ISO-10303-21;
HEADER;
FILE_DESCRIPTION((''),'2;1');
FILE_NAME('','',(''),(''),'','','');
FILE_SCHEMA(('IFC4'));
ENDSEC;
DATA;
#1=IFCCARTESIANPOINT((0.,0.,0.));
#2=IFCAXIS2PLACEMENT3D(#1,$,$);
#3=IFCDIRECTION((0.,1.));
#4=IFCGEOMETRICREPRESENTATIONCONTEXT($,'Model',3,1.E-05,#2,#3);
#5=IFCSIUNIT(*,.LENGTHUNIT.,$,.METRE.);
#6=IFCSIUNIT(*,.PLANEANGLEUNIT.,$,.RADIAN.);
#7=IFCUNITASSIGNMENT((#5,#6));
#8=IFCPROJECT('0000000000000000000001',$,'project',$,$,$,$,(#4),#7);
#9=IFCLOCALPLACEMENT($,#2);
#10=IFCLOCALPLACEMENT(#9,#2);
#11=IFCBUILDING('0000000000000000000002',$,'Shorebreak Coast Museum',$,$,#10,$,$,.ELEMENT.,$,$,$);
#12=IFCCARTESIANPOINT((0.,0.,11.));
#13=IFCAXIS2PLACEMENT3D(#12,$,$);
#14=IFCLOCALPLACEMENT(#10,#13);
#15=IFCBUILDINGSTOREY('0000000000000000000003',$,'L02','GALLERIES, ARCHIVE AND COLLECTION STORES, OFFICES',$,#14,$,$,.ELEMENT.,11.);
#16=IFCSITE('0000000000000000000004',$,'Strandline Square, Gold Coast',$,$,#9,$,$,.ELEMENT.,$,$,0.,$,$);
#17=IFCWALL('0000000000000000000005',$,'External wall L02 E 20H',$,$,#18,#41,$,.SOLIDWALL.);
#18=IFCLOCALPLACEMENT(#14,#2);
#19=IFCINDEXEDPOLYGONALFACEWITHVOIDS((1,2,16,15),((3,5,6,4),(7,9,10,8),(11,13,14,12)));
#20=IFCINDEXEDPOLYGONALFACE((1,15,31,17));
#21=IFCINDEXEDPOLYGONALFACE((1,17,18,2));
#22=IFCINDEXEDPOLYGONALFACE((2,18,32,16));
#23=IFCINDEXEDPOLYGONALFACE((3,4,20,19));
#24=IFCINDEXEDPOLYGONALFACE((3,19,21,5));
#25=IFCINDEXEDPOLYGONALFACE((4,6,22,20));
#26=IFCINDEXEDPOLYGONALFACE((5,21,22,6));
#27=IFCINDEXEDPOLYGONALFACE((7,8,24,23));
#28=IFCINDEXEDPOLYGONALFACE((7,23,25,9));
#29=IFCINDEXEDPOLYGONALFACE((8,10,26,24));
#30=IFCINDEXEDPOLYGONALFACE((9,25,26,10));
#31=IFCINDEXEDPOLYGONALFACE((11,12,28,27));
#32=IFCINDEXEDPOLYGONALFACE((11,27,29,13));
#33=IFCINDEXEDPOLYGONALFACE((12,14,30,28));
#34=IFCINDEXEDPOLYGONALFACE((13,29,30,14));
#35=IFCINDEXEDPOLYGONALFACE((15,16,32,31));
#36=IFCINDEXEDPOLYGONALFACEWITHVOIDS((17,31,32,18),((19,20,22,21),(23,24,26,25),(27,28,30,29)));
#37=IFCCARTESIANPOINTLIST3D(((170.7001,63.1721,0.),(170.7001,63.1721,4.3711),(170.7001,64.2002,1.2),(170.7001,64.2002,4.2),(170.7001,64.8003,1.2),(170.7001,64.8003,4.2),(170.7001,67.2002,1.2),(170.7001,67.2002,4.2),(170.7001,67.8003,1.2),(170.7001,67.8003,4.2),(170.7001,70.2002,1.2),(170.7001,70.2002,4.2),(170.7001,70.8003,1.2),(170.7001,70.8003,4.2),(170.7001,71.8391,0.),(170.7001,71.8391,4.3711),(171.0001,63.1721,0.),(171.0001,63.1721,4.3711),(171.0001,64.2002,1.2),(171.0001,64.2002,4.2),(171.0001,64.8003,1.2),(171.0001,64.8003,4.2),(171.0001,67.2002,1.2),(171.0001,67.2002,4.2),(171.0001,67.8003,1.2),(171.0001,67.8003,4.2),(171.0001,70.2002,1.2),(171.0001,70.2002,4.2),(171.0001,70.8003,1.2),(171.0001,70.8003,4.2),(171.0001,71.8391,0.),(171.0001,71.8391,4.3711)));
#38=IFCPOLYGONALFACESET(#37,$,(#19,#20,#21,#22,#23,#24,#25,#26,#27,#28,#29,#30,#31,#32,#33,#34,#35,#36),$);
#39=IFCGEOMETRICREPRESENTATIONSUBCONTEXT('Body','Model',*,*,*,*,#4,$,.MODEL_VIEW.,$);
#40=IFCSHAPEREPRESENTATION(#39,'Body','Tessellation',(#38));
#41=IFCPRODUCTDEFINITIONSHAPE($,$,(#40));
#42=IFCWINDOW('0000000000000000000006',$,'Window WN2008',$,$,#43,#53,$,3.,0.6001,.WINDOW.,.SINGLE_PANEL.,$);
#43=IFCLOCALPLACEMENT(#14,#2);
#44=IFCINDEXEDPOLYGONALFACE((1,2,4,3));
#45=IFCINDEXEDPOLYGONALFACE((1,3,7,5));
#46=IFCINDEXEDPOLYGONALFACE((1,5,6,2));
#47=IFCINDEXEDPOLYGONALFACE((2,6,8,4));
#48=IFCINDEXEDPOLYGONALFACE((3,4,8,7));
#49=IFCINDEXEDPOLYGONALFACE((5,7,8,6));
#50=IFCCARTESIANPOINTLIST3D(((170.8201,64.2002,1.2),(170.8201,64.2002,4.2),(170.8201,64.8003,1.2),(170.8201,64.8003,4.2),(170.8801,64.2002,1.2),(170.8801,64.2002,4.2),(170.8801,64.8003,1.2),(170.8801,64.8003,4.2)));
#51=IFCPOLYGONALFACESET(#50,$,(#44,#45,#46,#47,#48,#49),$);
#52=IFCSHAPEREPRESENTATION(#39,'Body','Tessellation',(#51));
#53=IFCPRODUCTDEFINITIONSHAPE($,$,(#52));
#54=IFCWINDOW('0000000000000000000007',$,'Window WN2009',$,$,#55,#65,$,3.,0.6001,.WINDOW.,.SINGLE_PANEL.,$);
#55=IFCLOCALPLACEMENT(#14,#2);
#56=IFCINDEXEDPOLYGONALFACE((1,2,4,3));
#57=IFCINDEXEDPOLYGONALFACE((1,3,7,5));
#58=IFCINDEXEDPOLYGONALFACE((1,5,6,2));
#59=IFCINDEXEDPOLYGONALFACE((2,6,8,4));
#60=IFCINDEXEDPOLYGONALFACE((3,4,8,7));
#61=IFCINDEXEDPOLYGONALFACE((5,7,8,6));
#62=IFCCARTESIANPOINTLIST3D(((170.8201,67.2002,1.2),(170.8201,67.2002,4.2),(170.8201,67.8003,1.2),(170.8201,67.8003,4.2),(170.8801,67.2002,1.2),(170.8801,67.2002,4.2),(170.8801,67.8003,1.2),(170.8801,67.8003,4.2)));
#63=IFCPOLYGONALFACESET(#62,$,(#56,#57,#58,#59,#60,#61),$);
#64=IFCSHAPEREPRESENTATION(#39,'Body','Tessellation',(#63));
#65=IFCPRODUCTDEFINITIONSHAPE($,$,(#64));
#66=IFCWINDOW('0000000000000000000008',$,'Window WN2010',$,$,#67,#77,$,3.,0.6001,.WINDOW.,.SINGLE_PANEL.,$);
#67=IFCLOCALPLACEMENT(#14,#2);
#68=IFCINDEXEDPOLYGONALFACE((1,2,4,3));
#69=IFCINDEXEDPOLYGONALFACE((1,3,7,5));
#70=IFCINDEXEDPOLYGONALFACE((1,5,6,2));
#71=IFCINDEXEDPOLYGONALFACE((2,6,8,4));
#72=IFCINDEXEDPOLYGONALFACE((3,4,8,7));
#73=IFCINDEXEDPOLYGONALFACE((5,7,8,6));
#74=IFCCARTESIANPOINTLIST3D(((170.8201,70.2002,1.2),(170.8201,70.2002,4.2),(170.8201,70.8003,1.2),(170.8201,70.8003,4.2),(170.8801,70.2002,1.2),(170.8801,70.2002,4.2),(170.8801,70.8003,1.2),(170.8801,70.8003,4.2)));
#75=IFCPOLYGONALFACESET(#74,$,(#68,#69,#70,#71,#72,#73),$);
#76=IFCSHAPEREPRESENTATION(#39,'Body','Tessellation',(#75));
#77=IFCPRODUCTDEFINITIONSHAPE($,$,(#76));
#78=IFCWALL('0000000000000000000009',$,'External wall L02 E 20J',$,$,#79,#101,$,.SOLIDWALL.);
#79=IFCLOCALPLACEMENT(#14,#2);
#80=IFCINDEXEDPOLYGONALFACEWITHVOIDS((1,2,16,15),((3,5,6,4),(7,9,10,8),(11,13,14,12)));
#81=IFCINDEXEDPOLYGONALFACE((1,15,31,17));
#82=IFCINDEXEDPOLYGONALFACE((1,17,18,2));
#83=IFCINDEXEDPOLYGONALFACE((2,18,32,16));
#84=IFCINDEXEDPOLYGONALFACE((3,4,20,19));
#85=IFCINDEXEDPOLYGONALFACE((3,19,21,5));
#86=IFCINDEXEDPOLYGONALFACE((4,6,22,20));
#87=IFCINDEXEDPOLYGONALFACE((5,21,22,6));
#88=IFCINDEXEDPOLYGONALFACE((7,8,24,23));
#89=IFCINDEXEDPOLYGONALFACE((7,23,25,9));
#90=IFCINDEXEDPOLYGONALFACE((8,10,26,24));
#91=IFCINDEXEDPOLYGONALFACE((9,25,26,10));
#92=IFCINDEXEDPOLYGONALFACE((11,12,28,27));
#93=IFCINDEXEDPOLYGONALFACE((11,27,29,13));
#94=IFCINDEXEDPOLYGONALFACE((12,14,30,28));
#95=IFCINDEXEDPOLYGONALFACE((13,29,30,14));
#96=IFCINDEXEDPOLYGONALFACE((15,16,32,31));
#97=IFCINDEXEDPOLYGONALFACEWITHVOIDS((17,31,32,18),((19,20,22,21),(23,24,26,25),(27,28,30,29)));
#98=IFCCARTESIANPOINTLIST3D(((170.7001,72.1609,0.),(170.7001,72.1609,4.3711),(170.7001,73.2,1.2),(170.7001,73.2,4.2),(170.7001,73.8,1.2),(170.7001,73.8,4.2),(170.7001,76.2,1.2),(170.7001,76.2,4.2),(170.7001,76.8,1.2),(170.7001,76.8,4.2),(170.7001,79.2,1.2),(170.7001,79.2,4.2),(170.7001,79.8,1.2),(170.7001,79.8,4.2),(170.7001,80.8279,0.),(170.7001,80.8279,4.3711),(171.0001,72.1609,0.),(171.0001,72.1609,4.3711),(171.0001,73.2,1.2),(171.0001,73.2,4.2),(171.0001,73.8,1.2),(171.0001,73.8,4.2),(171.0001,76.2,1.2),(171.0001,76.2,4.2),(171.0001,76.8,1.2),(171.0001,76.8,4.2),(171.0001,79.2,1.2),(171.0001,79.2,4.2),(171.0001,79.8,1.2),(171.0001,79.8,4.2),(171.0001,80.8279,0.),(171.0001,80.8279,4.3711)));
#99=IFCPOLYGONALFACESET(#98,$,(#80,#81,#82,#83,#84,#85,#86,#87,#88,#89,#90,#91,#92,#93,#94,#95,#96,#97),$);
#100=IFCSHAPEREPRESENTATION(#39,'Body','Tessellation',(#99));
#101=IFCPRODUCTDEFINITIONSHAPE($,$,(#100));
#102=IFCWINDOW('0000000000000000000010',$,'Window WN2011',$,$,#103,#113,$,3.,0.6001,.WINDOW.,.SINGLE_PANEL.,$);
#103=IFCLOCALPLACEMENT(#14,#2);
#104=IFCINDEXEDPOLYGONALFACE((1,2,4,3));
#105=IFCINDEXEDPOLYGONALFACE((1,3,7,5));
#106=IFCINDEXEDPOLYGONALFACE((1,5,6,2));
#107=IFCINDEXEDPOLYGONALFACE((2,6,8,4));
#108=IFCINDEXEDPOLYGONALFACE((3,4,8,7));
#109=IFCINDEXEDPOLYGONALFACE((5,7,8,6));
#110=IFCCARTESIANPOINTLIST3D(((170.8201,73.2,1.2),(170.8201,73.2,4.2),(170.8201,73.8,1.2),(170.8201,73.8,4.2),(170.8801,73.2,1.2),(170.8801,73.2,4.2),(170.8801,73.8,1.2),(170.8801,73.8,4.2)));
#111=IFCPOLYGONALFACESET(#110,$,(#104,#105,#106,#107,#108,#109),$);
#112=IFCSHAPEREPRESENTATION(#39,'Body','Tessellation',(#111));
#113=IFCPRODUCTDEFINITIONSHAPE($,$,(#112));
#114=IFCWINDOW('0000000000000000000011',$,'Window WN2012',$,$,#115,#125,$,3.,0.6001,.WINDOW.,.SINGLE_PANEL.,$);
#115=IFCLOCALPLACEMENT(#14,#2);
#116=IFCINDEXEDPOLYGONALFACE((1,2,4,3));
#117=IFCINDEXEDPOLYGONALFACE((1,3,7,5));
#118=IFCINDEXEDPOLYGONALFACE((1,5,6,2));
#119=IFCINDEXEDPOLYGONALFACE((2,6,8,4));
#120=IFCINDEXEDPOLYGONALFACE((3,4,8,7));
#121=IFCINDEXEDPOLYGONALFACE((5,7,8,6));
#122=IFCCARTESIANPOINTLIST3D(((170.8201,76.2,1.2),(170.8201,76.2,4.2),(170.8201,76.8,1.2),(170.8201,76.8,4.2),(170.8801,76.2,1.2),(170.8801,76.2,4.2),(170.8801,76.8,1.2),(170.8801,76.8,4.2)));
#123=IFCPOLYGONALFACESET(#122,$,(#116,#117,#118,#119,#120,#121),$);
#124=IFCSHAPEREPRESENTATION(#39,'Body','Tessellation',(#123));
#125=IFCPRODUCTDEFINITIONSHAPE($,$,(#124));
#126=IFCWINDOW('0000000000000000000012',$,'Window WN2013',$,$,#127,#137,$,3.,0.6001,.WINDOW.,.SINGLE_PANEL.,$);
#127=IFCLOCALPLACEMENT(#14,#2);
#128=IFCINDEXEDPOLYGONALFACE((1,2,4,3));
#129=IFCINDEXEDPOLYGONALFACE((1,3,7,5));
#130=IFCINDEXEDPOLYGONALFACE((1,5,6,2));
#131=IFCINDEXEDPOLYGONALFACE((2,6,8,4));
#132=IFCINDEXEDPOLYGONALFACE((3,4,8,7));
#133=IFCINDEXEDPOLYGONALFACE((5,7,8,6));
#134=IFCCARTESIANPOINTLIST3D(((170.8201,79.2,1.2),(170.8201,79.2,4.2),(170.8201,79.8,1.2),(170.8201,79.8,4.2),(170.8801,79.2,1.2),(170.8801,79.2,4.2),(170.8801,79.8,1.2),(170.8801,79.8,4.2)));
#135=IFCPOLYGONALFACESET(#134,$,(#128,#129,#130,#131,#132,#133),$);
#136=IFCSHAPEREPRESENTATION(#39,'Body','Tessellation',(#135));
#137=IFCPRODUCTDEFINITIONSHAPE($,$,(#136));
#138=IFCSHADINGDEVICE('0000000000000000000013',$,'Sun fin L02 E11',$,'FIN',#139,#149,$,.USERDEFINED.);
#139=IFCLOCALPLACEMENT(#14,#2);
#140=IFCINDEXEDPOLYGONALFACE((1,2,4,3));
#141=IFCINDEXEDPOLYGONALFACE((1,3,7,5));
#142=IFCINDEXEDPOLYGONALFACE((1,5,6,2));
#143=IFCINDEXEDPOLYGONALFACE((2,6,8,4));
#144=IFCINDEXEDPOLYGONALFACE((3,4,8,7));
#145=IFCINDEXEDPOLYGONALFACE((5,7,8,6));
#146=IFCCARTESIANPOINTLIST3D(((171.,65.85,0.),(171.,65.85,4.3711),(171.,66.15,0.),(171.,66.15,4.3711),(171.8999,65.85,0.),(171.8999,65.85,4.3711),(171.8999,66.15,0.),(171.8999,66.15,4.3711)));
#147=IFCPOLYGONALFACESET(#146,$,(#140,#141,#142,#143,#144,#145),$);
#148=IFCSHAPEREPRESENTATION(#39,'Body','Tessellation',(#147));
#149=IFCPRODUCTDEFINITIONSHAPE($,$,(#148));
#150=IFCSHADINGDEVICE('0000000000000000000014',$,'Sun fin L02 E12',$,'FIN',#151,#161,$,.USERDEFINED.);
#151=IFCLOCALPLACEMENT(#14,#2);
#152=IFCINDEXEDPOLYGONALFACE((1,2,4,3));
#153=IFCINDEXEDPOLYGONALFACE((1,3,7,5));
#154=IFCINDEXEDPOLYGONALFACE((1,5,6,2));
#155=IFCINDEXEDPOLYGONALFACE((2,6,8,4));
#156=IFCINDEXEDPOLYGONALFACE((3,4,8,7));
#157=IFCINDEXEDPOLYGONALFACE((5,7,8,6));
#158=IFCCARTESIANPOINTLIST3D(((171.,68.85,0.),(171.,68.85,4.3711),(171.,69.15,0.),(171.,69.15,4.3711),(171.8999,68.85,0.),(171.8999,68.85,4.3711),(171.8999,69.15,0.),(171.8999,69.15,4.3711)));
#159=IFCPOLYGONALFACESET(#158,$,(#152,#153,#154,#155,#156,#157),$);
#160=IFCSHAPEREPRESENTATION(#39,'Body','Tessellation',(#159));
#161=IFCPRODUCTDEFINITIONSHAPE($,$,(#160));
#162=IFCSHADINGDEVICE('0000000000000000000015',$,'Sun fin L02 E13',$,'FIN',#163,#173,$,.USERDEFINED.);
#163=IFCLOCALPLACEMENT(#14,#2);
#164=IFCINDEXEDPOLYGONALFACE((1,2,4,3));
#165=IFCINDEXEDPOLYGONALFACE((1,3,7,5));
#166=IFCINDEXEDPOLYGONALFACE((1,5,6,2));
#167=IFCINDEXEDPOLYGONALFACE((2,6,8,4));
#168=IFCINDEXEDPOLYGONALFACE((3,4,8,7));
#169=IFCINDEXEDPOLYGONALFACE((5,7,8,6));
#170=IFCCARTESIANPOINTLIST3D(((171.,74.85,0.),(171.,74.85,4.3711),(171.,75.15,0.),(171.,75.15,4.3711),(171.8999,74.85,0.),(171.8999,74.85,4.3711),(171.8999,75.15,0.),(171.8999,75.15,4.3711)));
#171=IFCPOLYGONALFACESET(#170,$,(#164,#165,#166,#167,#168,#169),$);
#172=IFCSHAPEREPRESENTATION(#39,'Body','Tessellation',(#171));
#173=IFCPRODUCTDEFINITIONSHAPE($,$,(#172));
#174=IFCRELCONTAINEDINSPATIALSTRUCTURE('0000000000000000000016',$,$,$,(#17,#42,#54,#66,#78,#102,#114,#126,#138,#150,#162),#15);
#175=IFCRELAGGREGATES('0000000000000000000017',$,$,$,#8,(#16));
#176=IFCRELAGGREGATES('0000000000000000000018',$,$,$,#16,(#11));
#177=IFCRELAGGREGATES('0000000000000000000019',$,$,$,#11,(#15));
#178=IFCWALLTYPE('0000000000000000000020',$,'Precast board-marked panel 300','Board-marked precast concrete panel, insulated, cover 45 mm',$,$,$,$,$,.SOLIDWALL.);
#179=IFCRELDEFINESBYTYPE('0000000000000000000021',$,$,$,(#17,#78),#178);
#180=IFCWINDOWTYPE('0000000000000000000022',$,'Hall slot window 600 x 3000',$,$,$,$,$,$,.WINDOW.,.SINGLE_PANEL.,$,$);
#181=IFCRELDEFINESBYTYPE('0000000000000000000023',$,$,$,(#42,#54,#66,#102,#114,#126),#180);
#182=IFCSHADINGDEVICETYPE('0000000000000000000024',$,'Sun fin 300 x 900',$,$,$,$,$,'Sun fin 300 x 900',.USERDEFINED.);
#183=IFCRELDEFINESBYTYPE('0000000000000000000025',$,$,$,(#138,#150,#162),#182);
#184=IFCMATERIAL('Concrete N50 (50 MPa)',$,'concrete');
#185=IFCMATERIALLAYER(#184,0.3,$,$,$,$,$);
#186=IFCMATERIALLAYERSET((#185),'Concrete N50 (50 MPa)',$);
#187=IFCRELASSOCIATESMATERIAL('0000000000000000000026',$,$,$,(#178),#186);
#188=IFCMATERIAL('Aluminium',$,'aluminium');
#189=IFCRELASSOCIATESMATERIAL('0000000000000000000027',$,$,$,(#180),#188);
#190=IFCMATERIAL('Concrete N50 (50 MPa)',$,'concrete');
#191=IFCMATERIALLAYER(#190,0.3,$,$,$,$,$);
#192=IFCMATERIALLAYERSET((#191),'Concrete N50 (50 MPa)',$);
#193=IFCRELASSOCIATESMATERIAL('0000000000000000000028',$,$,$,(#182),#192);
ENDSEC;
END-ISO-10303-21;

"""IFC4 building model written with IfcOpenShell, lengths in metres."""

from ifc_helpers import new_model, si_unit, direction, frame, frame_2d, origin, origin_2d, place, context, subcontext, project, spatial, rectangle, extrude, material, layer, layer_set, type_object, element, fill, save


model = new_model("IFC4")

# Units and contexts
model_context = context("Model", 3, precision=1e-05, world=origin(), true_north=direction((0.0, 1.0)))
body_context = subcontext(model_context, "Body", "Model", "MODEL_VIEW")
ifc_project = project(units=[si_unit("LENGTHUNIT", "METRE"), si_unit("PLANEANGLEUNIT", "RADIAN")], contexts=[model_context])

# Site, building, storey
site_placement = place(None, origin())
site = spatial("IfcSite", under=ifc_project, at=site_placement, Name="Strandline Square, Gold Coast", CompositionType="ELEMENT", RefElevation=0.0)
building_placement = place(site_placement, origin())
building = spatial("IfcBuilding", under=site, at=building_placement, Name="Shorebreak Coast Museum", CompositionType="ELEMENT")
storey_placement = place(building_placement, frame((0.0, 0.0, 11.0)))
storey = spatial("IfcBuildingStorey", under=building, at=storey_placement, Name="L02", Description="GALLERIES, ARCHIVE AND COLLECTION STORES, OFFICES", CompositionType="ELEMENT", Elevation=11.0)

# Walls, openings, windows
ifc_material_1 = material(Name="Concrete N50 (50 MPa)", Category="concrete")
ifc_layer_1 = layer(ifc_material_1, 0.3)
ifc_layer_set_1 = layer_set([ifc_layer_1], Name="Concrete N50 (50 MPa)")
wall_type_1 = type_object("IfcWallType", Name="Precast board-marked panel 300", Description="Board-marked precast concrete panel, insulated, cover 45 mm", PredefinedType="SOLIDWALL", material=ifc_layer_set_1)
wall_1_placement = place(storey_placement, frame((170.8501, 63.1721, 0.0), z_axis=(0.0, 0.0, 1.0), x_axis=(0.0, 1.0, 0.0)))
wall_1 = element("IfcWall", 1, at=wall_1_placement, inside=storey, type_object=wall_type_1, Name="External wall L02 E 20H", PredefinedType="SOLIDWALL", context=body_context, shape_type="SweptSolid", body=[
    extrude(rectangle(XDim=8.667, YDim=0.3, at=frame_2d((4.3335, 0.0))), origin(), (0.0, 0.0, 1.0), 4.3711),
])
opening_1_placement = place(wall_1_placement, frame((1.0281, 0.0, 1.2)))
opening_1 = element("IfcOpeningElement", 2, at=opening_1_placement, cuts=wall_1, PredefinedType="OPENING", context=body_context, shape_type="SweptSolid", body=[
    extrude(rectangle(XDim=0.6001, YDim=3.0, at=frame_2d((0.3, 1.5))), frame((0.0, 0.1599, 0.0), z_axis=(0.0, -1.0, 0.0), x_axis=(1.0, 0.0, 0.0)), (0.0, 0.0, 1.0), 0.3201),
])
opening_2_placement = place(wall_1_placement, frame((4.0281, 0.0, 1.2)))
opening_2 = element("IfcOpeningElement", 3, at=opening_2_placement, cuts=wall_1, PredefinedType="OPENING", context=body_context, shape_type="SweptSolid", body=[
    extrude(rectangle(XDim=0.6001, YDim=3.0, at=frame_2d((0.3, 1.5))), frame((0.0, 0.1599, 0.0), z_axis=(0.0, -1.0, 0.0), x_axis=(1.0, 0.0, 0.0)), (0.0, 0.0, 1.0), 0.3201),
])
opening_3_placement = place(wall_1_placement, frame((7.0281, 0.0, 1.2)))
opening_3 = element("IfcOpeningElement", 4, at=opening_3_placement, cuts=wall_1, PredefinedType="OPENING", context=body_context, shape_type="SweptSolid", body=[
    extrude(rectangle(XDim=0.6001, YDim=3.0, at=frame_2d((0.3, 1.5))), frame((0.0, 0.1599, 0.0), z_axis=(0.0, -1.0, 0.0), x_axis=(1.0, 0.0, 0.0)), (0.0, 0.0, 1.0), 0.3201),
])
ifc_material_2 = material(Name="Aluminium", Category="aluminium")
window_type = type_object("IfcWindowType", Name="Hall slot window 600 x 3000", PartitioningType="SINGLE_PANEL", PredefinedType="WINDOW", material=ifc_material_2)
window_1_placement = place(opening_1_placement, origin())
window_1 = element("IfcWindow", 5, at=window_1_placement, inside=storey, type_object=window_type, Name="Window WN2008", OverallHeight=3.0, OverallWidth=0.6001, PartitioningType="SINGLE_PANEL", PredefinedType="WINDOW", context=body_context, shape_type="SweptSolid", body=[
    extrude(rectangle(XDim=0.6001, YDim=3.0, at=frame_2d((0.3, 1.5))), frame((0.0, 0.03, 0.0), z_axis=(0.0, -1.0, 0.0), x_axis=(1.0, 0.0, 0.0)), (0.0, 0.0, 1.0), 0.0601),
])
fill(opening_1, window_1)
window_2_placement = place(opening_2_placement, origin())
window_2 = element("IfcWindow", 6, at=window_2_placement, inside=storey, type_object=window_type, Name="Window WN2009", OverallHeight=3.0, OverallWidth=0.6001, PartitioningType="SINGLE_PANEL", PredefinedType="WINDOW", context=body_context, shape_type="SweptSolid", body=[
    extrude(rectangle(XDim=0.6001, YDim=3.0, at=frame_2d((0.3, 1.5))), frame((0.0, 0.03, 0.0), z_axis=(0.0, -1.0, 0.0), x_axis=(1.0, 0.0, 0.0)), (0.0, 0.0, 1.0), 0.0601),
])
fill(opening_2, window_2)
window_3_placement = place(opening_3_placement, origin())
window_3 = element("IfcWindow", 7, at=window_3_placement, inside=storey, type_object=window_type, Name="Window WN2010", OverallHeight=3.0, OverallWidth=0.6001, PartitioningType="SINGLE_PANEL", PredefinedType="WINDOW", context=body_context, shape_type="SweptSolid", body=[
    extrude(rectangle(XDim=0.6001, YDim=3.0, at=frame_2d((0.3, 1.5))), frame((0.0, 0.03, 0.0), z_axis=(0.0, -1.0, 0.0), x_axis=(1.0, 0.0, 0.0)), (0.0, 0.0, 1.0), 0.0601),
])
fill(opening_3, window_3)
wall_2_placement = place(storey_placement, frame((170.8501, 72.1609, 0.0), z_axis=(0.0, 0.0, 1.0), x_axis=(0.0, 1.0, 0.0)))
wall_2 = element("IfcWall", 8, at=wall_2_placement, inside=storey, type_object=wall_type_1, Name="External wall L02 E 20J", PredefinedType="SOLIDWALL", context=body_context, shape_type="SweptSolid", body=[
    extrude(rectangle(XDim=8.667, YDim=0.3, at=frame_2d((4.3335, 0.0))), origin(), (0.0, 0.0, 1.0), 4.3711),
])
opening_4_placement = place(wall_2_placement, frame((1.0391, 0.0, 1.2)))
opening_4 = element("IfcOpeningElement", 9, at=opening_4_placement, cuts=wall_2, PredefinedType="OPENING", context=body_context, shape_type="SweptSolid", body=[
    extrude(rectangle(XDim=0.6001, YDim=3.0, at=frame_2d((0.3, 1.5))), frame((0.0, 0.1599, 0.0), z_axis=(0.0, -1.0, 0.0), x_axis=(1.0, 0.0, 0.0)), (0.0, 0.0, 1.0), 0.3201),
])
opening_5_placement = place(wall_2_placement, frame((4.0391, 0.0, 1.2)))
opening_5 = element("IfcOpeningElement", 10, at=opening_5_placement, cuts=wall_2, PredefinedType="OPENING", context=body_context, shape_type="SweptSolid", body=[
    extrude(rectangle(XDim=0.6001, YDim=3.0, at=frame_2d((0.3, 1.5))), frame((0.0, 0.1599, 0.0), z_axis=(0.0, -1.0, 0.0), x_axis=(1.0, 0.0, 0.0)), (0.0, 0.0, 1.0), 0.3201),
])
opening_6_placement = place(wall_2_placement, frame((7.0391, 0.0, 1.2)))
opening_6 = element("IfcOpeningElement", 11, at=opening_6_placement, cuts=wall_2, PredefinedType="OPENING", context=body_context, shape_type="SweptSolid", body=[
    extrude(rectangle(XDim=0.6001, YDim=3.0, at=frame_2d((0.3, 1.5))), frame((0.0, 0.1599, 0.0), z_axis=(0.0, -1.0, 0.0), x_axis=(1.0, 0.0, 0.0)), (0.0, 0.0, 1.0), 0.3201),
])
window_4_placement = place(opening_4_placement, origin())
window_4 = element("IfcWindow", 12, at=window_4_placement, inside=storey, type_object=window_type, Name="Window WN2011", OverallHeight=3.0, OverallWidth=0.6001, PartitioningType="SINGLE_PANEL", PredefinedType="WINDOW", context=body_context, shape_type="SweptSolid", body=[
    extrude(rectangle(XDim=0.6001, YDim=3.0, at=frame_2d((0.3, 1.5))), frame((0.0, 0.03, 0.0), z_axis=(0.0, -1.0, 0.0), x_axis=(1.0, 0.0, 0.0)), (0.0, 0.0, 1.0), 0.0601),
])
fill(opening_4, window_4)
window_5_placement = place(opening_5_placement, origin())
window_5 = element("IfcWindow", 13, at=window_5_placement, inside=storey, type_object=window_type, Name="Window WN2012", OverallHeight=3.0, OverallWidth=0.6001, PartitioningType="SINGLE_PANEL", PredefinedType="WINDOW", context=body_context, shape_type="SweptSolid", body=[
    extrude(rectangle(XDim=0.6001, YDim=3.0, at=frame_2d((0.3, 1.5))), frame((0.0, 0.03, 0.0), z_axis=(0.0, -1.0, 0.0), x_axis=(1.0, 0.0, 0.0)), (0.0, 0.0, 1.0), 0.0601),
])
fill(opening_5, window_5)
window_6_placement = place(opening_6_placement, origin())
window_6 = element("IfcWindow", 14, at=window_6_placement, inside=storey, type_object=window_type, Name="Window WN2013", OverallHeight=3.0, OverallWidth=0.6001, PartitioningType="SINGLE_PANEL", PredefinedType="WINDOW", context=body_context, shape_type="SweptSolid", body=[
    extrude(rectangle(XDim=0.6001, YDim=3.0, at=frame_2d((0.3, 1.5))), frame((0.0, 0.03, 0.0), z_axis=(0.0, -1.0, 0.0), x_axis=(1.0, 0.0, 0.0)), (0.0, 0.0, 1.0), 0.0601),
])
fill(opening_6, window_6)

# Shading devices
ifc_material_3 = material(Name="Concrete N50 (50 MPa)", Category="concrete")
ifc_layer_2 = layer(ifc_material_3, 0.3)
ifc_layer_set_2 = layer_set([ifc_layer_2], Name="Concrete N50 (50 MPa)")
shading_device_type = type_object("IfcShadingDeviceType", Name="Sun fin 300 x 900", ElementType="Sun fin 300 x 900", PredefinedType="USERDEFINED", material=ifc_layer_set_2)
for number, where, z_axis, x_axis, name in (
    (15, (171.45, 66.0, 0.0), (0.0, 0.0, 1.0), (1.0, 0.0, 0.0), "Sun fin L02 E11"),
    (16, (171.45, 69.0, 0.0), (0.0, 0.0, 1.0), (1.0, 0.0, 0.0), "Sun fin L02 E12"),
    (17, (171.45, 75.0, 0.0), (0.0, 0.0, 1.0), (1.0, 0.0, 0.0), "Sun fin L02 E13"),
):
    element("IfcShadingDevice", number, at=place(storey_placement, frame(where, z_axis=z_axis, x_axis=x_axis)), inside=storey, type_object=shading_device_type, Name=name, ObjectType="FIN", PredefinedType="USERDEFINED", context=body_context, shape_type="SweptSolid", body=[
        extrude(rectangle(XDim=0.8999, YDim=0.3, at=origin_2d()), origin(), (0.0, 0.0, 1.0), 4.3711),
    ])

save(model, "model.ifc")
